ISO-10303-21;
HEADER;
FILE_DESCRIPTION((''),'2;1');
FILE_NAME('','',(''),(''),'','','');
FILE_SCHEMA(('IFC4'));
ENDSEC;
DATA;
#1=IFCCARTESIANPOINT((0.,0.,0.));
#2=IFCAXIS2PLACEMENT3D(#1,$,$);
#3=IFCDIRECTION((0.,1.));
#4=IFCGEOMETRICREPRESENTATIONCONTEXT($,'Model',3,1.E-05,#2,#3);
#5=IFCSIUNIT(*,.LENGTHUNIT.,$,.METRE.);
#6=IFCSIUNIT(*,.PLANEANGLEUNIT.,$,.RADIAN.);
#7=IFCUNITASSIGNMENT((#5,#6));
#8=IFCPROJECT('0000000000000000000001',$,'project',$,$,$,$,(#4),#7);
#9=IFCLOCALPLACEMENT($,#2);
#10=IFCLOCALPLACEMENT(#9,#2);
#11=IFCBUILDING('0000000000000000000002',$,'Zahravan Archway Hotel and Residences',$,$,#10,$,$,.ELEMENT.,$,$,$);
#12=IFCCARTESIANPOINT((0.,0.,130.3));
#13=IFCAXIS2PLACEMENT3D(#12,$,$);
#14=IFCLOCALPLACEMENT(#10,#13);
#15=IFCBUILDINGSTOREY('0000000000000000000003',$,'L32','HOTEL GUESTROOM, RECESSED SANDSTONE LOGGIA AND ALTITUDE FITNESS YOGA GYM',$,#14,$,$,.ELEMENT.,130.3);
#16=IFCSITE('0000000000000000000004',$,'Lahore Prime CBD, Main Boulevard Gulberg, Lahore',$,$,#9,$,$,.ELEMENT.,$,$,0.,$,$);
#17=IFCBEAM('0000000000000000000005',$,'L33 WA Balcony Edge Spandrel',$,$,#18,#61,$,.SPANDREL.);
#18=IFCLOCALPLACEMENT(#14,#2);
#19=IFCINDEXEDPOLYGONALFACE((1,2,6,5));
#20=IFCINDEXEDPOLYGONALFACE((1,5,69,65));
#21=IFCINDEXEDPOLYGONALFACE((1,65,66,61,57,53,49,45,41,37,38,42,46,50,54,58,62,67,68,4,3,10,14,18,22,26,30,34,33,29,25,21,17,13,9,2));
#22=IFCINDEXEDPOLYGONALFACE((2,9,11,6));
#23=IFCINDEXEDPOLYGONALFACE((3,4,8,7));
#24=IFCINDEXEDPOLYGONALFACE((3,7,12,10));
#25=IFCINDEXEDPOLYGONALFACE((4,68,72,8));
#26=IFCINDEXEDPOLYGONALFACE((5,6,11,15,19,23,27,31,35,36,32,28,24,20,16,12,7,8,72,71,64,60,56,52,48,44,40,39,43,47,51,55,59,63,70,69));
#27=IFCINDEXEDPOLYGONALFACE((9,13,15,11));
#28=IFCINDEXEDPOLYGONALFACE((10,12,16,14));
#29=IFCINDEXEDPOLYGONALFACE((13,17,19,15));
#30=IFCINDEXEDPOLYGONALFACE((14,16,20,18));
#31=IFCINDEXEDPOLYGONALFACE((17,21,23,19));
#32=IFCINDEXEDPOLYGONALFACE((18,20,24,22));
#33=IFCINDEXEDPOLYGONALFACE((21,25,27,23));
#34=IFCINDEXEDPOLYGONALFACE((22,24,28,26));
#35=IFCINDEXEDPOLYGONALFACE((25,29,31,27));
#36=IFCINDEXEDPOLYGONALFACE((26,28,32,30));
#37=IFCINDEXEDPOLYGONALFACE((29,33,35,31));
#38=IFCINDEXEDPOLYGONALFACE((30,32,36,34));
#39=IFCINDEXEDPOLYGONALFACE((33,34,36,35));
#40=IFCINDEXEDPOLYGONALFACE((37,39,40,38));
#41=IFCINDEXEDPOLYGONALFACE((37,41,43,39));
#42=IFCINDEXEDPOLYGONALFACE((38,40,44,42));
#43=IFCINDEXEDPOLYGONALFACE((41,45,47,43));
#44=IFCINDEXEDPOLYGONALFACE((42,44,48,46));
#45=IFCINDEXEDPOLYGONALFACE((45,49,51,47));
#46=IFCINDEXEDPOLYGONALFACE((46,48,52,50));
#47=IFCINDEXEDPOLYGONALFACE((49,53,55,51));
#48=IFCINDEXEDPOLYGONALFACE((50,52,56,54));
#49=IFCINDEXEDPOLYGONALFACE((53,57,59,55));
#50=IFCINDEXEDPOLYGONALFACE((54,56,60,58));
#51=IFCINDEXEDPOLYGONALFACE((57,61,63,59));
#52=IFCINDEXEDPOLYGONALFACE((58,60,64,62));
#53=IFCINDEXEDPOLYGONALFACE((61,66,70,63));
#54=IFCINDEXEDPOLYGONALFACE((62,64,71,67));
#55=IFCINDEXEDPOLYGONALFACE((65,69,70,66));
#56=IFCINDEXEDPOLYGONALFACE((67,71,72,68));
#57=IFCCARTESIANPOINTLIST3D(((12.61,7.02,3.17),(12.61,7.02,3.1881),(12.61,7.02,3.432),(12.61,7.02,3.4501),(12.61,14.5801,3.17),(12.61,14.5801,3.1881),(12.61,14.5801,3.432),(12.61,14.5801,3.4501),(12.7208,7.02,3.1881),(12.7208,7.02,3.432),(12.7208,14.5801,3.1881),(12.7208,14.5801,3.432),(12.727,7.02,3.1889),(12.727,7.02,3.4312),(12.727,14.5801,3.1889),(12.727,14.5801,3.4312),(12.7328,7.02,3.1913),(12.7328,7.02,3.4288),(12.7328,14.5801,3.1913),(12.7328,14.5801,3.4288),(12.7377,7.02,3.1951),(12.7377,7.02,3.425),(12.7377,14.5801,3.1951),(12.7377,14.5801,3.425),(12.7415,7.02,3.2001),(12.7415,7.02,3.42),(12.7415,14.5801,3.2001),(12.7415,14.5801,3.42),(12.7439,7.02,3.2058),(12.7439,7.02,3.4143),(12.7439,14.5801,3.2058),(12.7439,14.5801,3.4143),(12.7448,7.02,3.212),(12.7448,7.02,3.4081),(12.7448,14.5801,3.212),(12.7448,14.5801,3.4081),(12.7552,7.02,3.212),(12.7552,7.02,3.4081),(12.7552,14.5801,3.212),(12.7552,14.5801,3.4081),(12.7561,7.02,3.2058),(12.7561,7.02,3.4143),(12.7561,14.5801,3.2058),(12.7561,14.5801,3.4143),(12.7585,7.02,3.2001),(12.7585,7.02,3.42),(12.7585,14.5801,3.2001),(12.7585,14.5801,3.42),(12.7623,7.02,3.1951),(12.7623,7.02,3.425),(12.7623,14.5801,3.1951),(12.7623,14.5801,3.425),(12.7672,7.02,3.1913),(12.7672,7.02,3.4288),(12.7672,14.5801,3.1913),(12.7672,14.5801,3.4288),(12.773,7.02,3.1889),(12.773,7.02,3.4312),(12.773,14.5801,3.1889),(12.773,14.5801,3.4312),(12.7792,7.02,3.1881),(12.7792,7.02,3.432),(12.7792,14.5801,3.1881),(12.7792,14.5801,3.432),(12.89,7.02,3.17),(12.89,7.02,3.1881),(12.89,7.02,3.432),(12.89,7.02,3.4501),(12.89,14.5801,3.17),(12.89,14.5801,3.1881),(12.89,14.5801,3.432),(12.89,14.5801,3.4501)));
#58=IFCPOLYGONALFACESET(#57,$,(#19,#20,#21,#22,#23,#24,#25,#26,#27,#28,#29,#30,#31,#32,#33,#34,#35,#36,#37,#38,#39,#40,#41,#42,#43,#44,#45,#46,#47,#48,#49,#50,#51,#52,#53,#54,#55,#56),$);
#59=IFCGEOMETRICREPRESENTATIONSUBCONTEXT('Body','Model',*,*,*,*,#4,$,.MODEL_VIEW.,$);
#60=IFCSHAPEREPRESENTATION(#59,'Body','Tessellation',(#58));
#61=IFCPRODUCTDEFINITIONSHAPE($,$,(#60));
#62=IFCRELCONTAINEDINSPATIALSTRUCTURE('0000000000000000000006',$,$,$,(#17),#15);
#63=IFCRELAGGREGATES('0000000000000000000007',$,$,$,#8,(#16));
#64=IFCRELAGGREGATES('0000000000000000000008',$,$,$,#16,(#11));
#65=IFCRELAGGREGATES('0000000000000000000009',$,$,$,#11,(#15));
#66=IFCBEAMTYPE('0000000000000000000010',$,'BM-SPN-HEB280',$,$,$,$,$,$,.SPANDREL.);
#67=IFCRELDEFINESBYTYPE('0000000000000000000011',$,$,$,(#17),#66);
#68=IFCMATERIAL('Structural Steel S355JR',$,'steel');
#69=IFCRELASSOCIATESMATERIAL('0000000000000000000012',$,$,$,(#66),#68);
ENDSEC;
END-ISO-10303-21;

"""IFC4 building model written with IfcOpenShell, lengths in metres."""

from ifc_helpers import new_model, si_unit, direction, frame, origin, origin_2d, place, context, subcontext, project, spatial, i_section, extrude, source, transform, mapped, material, material_profile, profile_set, type_object, type_shapes, element, save


model = new_model("IFC4")

# Units and contexts
model_context = context("Model", 3, precision=1e-05, world=origin(), true_north=direction((0.0, 1.0)))
body_context = subcontext(model_context, "Body", "Model", "MODEL_VIEW")
ifc_project = project(units=[si_unit("LENGTHUNIT", "METRE"), si_unit("PLANEANGLEUNIT", "RADIAN")], contexts=[model_context])

# Site, building, storey
site_placement = place(None, origin())
site = spatial("IfcSite", under=ifc_project, at=site_placement, Name="Lahore Prime CBD, Main Boulevard Gulberg, Lahore", CompositionType="ELEMENT", RefElevation=0.0)
building_placement = place(site_placement, origin())
building = spatial("IfcBuilding", under=site, at=building_placement, Name="Zahravan Archway Hotel and Residences", CompositionType="ELEMENT")
storey_placement = place(building_placement, frame((0.0, 0.0, 130.3)))
storey = spatial("IfcBuildingStorey", under=building, at=storey_placement, Name="L32", Description="HOTEL GUESTROOM, RECESSED SANDSTONE LOGGIA AND ALTITUDE FITNESS YOGA GYM", CompositionType="ELEMENT", Elevation=130.3)

# Beam
ifc_material_1 = material(Name="Structural Steel S355JR", Category="steel")
ifc_material_profile = material_profile(ifc_material_1, i_section(OverallWidth=0.28, OverallDepth=0.28, WebThickness=0.0105, FlangeThickness=0.0181, FilletRadius=0.0239, at=origin_2d()), Name="HEB 280", Category="steel")
ifc_profile_set = profile_set([ifc_material_profile], Name="Structural Steel S355JR")
beam_type = type_object("IfcBeamType", Name="BM-SPN-HEB280", PredefinedType="SPANDREL", material=ifc_profile_set)
shared_shape_1 = source(origin(), body_context, "Body", "SweptSolid", [
    extrude(i_section(OverallWidth=0.28, OverallDepth=0.28, WebThickness=0.0105, FlangeThickness=0.0181, FilletRadius=0.0239, at=origin_2d()), origin(), (0.0, 0.0, 1.0), 7.5601),
])
type_shapes(beam_type, [shared_shape_1])
beam_placement = place(storey_placement, frame((12.75, 7.02, 3.3101), z_axis=(0.0, 1.0, 0.0), x_axis=(-1.0, 0.0, 0.0)))
element("IfcBeam", 1, at=beam_placement, inside=storey, type_object=beam_type, Name="L33 WA Balcony Edge Spandrel", PredefinedType="SPANDREL", context=body_context, shape_type="MappedRepresentation", body=[
    mapped(shared_shape_1, transform((0.0, 0.0, 0.0), scale=1.0)),
])

save(model, "model.ifc")
